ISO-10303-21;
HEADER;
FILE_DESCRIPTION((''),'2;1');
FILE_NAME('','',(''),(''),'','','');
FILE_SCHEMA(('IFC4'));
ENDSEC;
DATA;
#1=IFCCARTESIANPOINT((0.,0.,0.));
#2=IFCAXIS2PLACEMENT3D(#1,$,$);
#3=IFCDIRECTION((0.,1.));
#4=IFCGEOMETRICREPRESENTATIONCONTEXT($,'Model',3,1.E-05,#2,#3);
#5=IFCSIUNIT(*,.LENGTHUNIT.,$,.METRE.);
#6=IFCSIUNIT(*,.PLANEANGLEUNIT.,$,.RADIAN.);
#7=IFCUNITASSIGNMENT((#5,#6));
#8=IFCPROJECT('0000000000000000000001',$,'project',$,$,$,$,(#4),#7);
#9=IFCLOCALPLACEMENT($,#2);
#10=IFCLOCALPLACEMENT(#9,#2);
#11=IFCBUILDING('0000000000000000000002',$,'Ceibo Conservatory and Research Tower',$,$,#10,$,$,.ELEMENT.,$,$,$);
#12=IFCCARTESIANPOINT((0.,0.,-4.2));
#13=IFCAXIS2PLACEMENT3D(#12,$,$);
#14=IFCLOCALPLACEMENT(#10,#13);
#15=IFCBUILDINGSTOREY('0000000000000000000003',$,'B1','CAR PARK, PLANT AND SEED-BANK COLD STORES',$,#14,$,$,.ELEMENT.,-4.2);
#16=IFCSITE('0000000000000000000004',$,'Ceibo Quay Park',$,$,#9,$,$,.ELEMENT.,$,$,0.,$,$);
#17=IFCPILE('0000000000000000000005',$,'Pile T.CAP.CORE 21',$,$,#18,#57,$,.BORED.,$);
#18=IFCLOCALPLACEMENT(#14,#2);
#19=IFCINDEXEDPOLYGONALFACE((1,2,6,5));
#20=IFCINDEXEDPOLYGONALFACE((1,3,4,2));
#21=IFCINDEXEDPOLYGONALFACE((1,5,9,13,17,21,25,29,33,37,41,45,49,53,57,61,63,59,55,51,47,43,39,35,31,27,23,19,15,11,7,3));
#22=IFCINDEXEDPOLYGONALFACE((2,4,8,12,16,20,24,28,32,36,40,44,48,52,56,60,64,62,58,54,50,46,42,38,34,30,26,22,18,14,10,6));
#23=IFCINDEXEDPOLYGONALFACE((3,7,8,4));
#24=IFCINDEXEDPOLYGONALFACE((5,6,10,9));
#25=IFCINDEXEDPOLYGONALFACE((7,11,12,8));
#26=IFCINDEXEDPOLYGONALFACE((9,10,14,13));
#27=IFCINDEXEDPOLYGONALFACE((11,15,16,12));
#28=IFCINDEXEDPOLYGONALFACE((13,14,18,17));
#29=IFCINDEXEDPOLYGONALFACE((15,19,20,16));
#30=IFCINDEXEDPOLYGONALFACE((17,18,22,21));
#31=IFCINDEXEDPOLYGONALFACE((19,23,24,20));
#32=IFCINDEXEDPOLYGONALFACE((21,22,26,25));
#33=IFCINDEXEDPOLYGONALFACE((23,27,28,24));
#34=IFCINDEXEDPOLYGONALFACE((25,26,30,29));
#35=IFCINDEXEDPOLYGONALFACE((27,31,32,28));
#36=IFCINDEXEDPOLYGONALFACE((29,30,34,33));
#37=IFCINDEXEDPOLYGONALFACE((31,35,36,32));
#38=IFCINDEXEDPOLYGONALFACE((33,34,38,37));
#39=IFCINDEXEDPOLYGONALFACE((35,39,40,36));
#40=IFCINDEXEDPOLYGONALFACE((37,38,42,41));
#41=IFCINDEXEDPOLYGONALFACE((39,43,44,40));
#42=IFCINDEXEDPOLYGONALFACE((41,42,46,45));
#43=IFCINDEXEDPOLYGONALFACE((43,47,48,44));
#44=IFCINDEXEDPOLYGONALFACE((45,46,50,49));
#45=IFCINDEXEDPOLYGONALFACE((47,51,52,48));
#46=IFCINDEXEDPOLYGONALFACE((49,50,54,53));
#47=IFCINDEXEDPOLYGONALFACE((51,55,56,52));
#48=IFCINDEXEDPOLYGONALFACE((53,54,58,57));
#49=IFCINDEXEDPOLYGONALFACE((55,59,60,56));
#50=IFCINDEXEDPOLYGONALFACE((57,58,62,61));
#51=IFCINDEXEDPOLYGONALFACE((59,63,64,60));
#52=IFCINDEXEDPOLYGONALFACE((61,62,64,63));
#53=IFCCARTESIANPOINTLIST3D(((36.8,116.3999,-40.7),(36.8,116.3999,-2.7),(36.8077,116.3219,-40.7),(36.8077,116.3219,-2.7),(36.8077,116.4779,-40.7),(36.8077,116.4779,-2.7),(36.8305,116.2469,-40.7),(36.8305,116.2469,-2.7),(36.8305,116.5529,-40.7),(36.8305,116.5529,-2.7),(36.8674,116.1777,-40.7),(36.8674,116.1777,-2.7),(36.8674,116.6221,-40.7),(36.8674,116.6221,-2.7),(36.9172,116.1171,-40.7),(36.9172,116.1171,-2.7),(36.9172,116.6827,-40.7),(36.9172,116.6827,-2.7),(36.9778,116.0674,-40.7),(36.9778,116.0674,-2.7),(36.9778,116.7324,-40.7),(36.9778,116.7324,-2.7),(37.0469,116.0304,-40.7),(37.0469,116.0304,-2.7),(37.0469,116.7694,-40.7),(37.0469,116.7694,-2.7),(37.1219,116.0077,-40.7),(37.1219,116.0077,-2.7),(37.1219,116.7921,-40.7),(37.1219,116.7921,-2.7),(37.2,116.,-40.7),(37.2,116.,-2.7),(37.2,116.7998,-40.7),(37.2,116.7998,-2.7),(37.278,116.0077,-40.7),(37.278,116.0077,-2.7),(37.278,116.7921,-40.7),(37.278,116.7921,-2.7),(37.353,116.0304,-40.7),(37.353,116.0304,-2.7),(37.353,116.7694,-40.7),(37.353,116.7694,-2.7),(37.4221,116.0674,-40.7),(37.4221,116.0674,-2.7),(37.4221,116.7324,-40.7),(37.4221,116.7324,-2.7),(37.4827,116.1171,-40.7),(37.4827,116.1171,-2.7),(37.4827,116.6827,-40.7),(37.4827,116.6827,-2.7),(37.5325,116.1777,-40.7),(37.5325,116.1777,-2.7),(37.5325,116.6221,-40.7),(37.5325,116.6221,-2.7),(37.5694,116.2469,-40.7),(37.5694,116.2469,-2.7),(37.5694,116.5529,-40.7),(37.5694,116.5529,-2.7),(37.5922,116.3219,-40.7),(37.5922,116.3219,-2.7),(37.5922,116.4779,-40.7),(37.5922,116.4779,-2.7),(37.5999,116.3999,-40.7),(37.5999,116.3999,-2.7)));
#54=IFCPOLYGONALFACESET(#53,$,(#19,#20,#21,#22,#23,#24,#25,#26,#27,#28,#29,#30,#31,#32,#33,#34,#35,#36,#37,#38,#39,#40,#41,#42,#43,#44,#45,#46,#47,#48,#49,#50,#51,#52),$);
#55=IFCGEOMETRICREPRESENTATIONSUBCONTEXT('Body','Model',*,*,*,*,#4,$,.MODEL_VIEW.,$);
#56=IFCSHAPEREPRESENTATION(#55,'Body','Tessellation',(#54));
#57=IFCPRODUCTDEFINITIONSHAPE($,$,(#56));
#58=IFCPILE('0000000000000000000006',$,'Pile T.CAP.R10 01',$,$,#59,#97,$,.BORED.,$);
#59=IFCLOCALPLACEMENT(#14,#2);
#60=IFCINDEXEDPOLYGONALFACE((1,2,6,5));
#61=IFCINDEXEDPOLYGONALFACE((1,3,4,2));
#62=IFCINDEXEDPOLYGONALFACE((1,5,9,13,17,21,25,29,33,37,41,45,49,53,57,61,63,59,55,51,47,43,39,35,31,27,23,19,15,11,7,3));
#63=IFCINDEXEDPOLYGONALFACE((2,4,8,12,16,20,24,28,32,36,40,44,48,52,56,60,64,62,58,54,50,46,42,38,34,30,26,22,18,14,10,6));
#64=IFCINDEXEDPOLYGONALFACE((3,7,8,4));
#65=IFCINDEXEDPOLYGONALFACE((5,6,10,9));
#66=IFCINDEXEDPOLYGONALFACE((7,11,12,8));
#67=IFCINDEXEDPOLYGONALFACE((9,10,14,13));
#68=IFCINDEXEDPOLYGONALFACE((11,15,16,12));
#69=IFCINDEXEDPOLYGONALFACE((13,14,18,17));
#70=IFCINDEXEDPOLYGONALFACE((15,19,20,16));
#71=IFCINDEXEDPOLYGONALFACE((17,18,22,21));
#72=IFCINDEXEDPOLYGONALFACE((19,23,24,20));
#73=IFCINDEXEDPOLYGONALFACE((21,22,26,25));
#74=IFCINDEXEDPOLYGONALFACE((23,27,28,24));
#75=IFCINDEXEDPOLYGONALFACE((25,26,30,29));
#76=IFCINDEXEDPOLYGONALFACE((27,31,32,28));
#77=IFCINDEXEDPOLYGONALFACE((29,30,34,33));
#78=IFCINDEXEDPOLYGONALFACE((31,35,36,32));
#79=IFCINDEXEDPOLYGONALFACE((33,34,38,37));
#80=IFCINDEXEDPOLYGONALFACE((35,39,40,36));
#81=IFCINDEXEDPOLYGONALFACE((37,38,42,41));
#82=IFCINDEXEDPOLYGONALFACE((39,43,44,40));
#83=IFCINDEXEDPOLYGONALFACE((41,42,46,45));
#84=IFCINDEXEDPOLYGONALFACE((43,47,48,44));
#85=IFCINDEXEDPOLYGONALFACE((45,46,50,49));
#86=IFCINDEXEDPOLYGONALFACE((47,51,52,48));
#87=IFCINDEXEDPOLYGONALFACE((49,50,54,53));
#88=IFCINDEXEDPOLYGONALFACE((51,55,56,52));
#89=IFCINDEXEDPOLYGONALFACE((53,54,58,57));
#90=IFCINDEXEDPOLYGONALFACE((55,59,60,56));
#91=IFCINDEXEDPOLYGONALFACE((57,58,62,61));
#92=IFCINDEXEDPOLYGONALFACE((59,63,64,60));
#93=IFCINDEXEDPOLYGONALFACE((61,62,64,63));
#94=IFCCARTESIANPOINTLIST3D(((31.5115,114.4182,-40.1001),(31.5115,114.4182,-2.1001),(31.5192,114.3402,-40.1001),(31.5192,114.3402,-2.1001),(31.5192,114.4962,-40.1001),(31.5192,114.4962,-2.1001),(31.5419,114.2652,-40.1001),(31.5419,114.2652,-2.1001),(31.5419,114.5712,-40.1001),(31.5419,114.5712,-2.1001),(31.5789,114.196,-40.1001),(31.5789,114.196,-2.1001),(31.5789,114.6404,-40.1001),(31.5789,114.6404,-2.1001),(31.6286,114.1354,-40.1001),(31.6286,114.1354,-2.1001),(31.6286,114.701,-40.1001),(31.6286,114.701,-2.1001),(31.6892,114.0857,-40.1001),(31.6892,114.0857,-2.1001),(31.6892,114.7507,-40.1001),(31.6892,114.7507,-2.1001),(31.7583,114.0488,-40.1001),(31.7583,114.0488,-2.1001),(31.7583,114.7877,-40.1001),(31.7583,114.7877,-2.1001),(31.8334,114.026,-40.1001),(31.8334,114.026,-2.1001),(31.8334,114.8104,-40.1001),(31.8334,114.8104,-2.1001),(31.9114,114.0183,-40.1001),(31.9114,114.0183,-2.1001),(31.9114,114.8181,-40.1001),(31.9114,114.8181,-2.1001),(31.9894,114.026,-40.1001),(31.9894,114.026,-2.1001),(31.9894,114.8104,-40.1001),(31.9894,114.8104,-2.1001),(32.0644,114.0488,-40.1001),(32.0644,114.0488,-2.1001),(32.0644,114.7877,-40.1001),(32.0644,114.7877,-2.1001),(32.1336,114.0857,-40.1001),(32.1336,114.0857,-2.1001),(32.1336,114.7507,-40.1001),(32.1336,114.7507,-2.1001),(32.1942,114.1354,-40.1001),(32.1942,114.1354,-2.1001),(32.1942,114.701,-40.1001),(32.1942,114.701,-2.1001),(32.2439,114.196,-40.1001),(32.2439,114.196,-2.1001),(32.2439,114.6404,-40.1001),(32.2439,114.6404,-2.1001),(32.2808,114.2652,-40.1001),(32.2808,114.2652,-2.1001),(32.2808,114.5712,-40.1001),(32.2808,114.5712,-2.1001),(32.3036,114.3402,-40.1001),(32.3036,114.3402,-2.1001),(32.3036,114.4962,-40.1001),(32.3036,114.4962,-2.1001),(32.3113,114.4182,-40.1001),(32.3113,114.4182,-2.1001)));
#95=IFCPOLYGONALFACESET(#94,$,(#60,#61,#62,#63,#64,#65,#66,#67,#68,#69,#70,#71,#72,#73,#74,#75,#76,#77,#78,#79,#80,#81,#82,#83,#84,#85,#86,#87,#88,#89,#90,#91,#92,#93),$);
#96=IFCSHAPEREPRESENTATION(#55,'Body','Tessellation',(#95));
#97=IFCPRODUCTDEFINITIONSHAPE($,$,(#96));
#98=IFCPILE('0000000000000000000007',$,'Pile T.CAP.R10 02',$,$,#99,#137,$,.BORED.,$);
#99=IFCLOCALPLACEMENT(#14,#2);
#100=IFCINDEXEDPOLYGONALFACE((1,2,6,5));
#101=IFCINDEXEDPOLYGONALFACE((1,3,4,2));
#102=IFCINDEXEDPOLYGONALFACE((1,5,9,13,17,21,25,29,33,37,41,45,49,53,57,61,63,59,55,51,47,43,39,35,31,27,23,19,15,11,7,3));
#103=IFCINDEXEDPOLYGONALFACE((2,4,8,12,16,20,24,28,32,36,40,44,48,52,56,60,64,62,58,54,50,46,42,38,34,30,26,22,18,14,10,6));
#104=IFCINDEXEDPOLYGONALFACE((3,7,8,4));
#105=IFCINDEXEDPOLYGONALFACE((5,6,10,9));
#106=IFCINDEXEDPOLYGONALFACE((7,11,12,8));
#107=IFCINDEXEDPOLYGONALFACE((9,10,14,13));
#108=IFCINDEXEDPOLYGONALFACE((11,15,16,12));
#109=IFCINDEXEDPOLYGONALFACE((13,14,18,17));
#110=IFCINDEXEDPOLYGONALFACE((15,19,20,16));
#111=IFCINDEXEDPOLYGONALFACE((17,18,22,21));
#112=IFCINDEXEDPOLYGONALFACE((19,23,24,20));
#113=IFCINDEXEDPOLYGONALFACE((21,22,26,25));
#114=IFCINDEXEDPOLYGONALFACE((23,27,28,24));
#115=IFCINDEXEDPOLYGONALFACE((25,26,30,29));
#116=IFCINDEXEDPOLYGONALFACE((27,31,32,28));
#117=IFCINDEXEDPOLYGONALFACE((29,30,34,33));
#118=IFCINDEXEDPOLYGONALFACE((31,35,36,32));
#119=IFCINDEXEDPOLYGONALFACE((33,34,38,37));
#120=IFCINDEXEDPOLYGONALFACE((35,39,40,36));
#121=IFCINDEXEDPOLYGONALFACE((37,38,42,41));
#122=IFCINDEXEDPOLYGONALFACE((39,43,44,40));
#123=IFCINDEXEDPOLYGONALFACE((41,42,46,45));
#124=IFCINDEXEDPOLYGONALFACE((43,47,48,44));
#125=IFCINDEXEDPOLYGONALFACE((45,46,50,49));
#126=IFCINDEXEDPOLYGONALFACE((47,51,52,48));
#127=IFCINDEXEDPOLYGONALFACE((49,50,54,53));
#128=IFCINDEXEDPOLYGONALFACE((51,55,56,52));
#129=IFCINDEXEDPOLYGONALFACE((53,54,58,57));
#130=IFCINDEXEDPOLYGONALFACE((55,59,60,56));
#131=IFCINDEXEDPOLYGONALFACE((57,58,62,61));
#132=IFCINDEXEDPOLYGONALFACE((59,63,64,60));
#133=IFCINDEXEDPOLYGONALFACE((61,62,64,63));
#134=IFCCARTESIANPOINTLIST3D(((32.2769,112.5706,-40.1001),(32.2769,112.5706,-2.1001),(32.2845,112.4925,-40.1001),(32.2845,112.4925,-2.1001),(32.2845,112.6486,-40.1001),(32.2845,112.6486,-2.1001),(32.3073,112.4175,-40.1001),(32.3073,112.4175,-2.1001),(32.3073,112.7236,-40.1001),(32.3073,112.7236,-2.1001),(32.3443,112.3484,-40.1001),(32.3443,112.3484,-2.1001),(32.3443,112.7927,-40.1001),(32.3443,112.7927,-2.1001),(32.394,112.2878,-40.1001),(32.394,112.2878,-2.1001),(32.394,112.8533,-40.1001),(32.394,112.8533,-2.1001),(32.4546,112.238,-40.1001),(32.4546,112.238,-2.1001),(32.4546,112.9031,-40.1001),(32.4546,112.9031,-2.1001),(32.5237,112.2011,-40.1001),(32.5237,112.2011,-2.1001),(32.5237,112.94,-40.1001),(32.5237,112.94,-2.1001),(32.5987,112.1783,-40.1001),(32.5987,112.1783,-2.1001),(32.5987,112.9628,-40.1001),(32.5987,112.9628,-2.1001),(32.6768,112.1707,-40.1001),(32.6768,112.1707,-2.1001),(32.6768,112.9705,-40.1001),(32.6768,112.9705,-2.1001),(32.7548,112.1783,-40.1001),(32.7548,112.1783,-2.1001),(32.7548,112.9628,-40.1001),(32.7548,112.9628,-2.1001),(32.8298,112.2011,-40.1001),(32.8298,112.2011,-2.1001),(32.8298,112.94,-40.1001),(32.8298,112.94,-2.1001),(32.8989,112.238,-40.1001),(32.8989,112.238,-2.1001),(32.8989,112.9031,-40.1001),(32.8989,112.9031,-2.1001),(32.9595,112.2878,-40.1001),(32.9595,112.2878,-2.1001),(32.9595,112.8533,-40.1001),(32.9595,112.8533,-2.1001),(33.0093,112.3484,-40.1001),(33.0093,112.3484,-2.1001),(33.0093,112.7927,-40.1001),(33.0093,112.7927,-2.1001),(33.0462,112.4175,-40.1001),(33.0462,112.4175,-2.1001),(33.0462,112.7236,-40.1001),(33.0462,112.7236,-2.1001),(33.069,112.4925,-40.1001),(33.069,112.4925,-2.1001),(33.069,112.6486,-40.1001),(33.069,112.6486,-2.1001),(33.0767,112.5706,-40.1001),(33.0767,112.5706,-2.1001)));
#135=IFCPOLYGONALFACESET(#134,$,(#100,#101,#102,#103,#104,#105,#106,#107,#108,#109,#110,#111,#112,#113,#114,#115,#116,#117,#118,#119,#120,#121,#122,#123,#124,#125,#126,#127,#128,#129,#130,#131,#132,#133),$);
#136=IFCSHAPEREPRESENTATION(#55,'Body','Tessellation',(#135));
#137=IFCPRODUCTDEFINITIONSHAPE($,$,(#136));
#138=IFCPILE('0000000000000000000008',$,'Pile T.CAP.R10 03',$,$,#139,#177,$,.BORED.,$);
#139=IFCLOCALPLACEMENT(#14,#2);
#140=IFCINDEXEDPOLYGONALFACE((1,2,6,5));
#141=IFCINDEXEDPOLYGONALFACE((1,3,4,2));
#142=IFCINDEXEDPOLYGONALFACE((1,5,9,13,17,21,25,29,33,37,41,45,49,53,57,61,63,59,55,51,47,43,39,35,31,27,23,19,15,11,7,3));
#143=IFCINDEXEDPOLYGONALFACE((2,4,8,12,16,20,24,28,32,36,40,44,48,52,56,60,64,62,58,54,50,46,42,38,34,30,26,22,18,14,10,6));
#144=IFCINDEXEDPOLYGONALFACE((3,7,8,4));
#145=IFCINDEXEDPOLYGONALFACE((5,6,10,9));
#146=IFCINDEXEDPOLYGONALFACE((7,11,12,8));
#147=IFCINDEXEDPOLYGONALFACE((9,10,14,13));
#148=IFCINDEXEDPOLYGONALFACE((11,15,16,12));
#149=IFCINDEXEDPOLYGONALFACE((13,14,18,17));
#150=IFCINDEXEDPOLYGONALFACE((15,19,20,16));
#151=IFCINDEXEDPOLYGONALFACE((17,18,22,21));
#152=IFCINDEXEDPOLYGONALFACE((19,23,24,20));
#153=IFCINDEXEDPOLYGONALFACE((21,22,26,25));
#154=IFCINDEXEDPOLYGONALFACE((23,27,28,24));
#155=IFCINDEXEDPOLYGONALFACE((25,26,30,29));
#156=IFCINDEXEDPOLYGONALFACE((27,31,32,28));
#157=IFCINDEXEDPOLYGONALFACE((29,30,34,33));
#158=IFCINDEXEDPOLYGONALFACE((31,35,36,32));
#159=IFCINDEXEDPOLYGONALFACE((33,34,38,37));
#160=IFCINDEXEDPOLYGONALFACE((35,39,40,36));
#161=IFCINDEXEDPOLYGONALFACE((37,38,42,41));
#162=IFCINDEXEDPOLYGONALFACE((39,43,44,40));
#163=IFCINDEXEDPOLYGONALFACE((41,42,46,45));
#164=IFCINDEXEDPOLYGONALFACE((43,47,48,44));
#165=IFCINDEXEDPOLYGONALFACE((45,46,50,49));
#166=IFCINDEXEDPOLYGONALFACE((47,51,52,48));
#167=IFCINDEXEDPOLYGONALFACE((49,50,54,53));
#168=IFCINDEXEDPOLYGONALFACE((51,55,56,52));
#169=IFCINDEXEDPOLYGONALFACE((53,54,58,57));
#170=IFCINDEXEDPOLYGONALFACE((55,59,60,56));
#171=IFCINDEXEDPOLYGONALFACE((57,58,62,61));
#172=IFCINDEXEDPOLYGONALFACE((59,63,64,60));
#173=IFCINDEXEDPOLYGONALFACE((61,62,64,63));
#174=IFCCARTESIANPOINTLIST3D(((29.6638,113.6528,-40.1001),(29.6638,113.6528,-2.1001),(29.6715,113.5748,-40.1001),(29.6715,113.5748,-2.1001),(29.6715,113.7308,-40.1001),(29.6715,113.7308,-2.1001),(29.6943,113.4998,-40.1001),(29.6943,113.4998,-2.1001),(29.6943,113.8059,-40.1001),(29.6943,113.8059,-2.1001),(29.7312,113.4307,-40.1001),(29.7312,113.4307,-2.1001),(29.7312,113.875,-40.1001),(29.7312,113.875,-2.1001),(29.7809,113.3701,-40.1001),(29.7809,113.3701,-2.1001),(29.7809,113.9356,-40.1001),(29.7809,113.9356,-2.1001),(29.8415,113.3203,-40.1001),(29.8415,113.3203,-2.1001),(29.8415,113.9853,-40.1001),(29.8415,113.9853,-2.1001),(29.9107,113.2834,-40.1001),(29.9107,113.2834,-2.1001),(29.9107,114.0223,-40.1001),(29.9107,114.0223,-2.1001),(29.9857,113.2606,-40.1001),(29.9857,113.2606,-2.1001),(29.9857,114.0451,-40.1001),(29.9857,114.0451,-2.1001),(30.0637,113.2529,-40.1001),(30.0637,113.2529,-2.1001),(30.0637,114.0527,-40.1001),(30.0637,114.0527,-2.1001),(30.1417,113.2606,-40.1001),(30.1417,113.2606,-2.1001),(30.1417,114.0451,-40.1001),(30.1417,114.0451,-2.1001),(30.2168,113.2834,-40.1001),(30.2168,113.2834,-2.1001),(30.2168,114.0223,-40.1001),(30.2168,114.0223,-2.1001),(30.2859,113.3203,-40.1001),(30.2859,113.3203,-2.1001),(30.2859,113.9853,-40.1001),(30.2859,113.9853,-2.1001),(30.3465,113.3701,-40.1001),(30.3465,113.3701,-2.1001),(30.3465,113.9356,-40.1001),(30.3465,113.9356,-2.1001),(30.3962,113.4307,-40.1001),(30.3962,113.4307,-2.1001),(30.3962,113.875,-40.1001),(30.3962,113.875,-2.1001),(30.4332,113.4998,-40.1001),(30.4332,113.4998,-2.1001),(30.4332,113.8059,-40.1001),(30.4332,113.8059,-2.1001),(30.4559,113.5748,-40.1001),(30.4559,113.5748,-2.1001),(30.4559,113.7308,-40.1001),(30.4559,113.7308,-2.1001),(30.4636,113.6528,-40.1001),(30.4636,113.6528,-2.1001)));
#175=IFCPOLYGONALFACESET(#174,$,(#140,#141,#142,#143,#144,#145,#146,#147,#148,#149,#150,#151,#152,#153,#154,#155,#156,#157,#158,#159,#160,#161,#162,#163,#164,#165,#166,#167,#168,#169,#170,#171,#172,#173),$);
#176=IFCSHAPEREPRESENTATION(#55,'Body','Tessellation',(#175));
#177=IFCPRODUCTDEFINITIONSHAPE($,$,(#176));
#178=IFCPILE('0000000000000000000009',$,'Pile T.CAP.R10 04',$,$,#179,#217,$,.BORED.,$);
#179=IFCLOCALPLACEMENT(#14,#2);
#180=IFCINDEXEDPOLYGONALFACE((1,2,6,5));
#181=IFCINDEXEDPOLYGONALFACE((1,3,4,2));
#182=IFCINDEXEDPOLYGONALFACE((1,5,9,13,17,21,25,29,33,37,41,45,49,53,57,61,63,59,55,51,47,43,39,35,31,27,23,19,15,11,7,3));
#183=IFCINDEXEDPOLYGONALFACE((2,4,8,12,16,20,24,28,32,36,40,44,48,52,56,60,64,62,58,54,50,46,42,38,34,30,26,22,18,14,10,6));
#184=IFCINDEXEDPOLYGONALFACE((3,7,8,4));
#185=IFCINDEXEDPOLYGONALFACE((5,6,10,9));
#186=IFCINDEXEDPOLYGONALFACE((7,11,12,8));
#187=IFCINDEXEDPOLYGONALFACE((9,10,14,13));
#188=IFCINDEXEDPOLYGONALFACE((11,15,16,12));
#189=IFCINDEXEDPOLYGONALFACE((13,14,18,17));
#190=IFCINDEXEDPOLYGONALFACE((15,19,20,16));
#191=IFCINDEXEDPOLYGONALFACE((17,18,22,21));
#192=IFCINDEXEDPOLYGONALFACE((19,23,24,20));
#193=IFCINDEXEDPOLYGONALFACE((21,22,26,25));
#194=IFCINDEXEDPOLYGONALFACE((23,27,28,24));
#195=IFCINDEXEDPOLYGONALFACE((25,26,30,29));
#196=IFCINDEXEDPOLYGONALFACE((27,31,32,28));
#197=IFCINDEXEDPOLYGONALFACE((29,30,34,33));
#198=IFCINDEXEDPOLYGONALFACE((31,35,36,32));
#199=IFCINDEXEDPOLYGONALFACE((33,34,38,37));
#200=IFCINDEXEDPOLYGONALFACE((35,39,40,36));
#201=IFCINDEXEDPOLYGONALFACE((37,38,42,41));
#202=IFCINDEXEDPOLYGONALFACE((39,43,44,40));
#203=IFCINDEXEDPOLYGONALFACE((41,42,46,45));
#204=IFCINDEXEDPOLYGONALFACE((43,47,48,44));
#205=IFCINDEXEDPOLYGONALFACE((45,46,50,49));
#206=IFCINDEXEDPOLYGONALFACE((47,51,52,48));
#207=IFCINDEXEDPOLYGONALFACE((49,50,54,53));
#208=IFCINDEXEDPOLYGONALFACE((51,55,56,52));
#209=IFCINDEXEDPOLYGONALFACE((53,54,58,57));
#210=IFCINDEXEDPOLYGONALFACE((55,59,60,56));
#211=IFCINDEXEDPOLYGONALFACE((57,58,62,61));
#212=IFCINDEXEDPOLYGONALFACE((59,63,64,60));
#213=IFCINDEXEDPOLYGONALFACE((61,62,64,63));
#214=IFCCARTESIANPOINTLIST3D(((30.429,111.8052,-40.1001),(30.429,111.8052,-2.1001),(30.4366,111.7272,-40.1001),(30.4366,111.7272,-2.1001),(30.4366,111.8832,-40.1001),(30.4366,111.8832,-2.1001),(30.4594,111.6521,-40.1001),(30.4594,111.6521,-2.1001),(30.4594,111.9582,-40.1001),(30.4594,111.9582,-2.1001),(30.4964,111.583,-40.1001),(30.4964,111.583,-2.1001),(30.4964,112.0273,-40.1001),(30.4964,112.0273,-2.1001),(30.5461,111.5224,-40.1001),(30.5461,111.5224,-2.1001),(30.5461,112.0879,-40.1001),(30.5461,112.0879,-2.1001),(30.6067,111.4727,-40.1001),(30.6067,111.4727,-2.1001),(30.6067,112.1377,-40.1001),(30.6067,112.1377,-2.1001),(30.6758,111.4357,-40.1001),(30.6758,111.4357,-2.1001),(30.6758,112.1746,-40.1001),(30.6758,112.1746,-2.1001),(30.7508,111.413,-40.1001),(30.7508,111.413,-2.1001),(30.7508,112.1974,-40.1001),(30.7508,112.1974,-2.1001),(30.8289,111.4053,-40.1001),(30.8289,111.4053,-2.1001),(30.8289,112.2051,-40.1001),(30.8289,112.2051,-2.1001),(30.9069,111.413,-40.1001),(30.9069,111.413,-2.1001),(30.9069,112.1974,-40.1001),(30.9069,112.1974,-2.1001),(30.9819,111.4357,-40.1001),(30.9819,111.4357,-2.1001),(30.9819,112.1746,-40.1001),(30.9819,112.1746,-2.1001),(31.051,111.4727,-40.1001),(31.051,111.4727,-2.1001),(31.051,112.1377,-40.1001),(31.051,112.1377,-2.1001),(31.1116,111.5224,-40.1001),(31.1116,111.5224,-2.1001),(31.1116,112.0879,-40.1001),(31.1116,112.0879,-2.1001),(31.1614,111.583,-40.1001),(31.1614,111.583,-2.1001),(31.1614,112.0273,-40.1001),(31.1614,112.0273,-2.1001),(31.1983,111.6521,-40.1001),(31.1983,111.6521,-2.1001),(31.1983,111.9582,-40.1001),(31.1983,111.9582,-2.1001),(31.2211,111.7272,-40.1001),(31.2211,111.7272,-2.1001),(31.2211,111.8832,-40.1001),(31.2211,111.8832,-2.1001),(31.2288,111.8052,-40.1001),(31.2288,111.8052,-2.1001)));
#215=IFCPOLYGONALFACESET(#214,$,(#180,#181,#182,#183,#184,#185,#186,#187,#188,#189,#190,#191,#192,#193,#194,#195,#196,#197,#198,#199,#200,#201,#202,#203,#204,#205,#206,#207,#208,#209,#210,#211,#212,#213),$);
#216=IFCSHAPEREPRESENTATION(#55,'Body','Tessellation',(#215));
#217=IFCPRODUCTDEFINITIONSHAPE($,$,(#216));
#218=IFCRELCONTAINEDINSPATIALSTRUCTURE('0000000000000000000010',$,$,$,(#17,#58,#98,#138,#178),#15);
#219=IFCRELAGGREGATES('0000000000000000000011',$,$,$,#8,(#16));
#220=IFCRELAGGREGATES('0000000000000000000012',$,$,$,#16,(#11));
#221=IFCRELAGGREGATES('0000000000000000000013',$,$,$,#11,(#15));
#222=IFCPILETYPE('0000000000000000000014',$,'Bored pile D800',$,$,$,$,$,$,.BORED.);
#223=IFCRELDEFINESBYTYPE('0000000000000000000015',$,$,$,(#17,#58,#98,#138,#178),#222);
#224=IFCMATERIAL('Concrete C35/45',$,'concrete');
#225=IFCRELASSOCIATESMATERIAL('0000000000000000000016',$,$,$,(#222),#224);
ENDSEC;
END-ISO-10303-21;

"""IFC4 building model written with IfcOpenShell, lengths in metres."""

from ifc_helpers import new_model, si_unit, direction, frame, origin, origin_2d, place, context, subcontext, project, spatial, circle, extrude, material, material_profile, profile_set, type_object, element, save


model = new_model("IFC4")

# Units and contexts
model_context = context("Model", 3, precision=1e-05, world=origin(), true_north=direction((0.0, 1.0)))
body_context = subcontext(model_context, "Body", "Model", "MODEL_VIEW")
ifc_project = project(units=[si_unit("LENGTHUNIT", "METRE"), si_unit("PLANEANGLEUNIT", "RADIAN")], contexts=[model_context])

# Site, building, storey
site_placement = place(None, origin())
site = spatial("IfcSite", under=ifc_project, at=site_placement, Name="Ceibo Quay Park", CompositionType="ELEMENT", RefElevation=0.0)
building_placement = place(site_placement, origin())
building = spatial("IfcBuilding", under=site, at=building_placement, Name="Ceibo Conservatory and Research Tower", CompositionType="ELEMENT")
storey_placement = place(building_placement, frame((0.0, 0.0, -4.2)))
storey = spatial("IfcBuildingStorey", under=building, at=storey_placement, Name="B1", Description="CAR PARK, PLANT AND SEED-BANK COLD STORES", CompositionType="ELEMENT", Elevation=-4.2)

# Piles
ifc_material_1 = material(Name="Concrete C35/45", Category="concrete")
ifc_material_profile_1 = material_profile(ifc_material_1, circle(Radius=0.3999, at=origin_2d()), Name="RC D800")
ifc_profile_set_1 = profile_set([ifc_material_profile_1], Name="Concrete C35/45")
pile_type = type_object("IfcPileType", Name="Bored pile D800", PredefinedType="BORED", material=ifc_profile_set_1)
for number, where, z_axis, x_axis, name in (
    (1, (37.2, 116.3999, -2.7), (0.0, 0.0, -1.0), (1.0, 0.0, 0.0), "Pile T.CAP.CORE 21"),
    (2, (31.9114, 114.4182, -2.1001), (0.0, 0.0, -1.0), (1.0, 0.0, 0.0), "Pile T.CAP.R10 01"),
    (3, (32.6768, 112.5706, -2.1001), (0.0, 0.0, -1.0), (1.0, 0.0, 0.0), "Pile T.CAP.R10 02"),
    (4, (30.0637, 113.6528, -2.1001), (0.0, 0.0, -1.0), (1.0, 0.0, 0.0), "Pile T.CAP.R10 03"),
    (5, (30.8289, 111.8052, -2.1001), (0.0, 0.0, -1.0), (1.0, 0.0, 0.0), "Pile T.CAP.R10 04"),
):
    element("IfcPile", number, at=place(storey_placement, frame(where, z_axis=z_axis, x_axis=x_axis)), inside=storey, type_object=pile_type, Name=name, PredefinedType="BORED", context=body_context, shape_type="SweptSolid", body=[
        extrude(circle(Radius=0.3999, at=origin_2d()), origin(), (0.0, 0.0, 1.0), 38.0),
    ])

save(model, "model.ifc")
